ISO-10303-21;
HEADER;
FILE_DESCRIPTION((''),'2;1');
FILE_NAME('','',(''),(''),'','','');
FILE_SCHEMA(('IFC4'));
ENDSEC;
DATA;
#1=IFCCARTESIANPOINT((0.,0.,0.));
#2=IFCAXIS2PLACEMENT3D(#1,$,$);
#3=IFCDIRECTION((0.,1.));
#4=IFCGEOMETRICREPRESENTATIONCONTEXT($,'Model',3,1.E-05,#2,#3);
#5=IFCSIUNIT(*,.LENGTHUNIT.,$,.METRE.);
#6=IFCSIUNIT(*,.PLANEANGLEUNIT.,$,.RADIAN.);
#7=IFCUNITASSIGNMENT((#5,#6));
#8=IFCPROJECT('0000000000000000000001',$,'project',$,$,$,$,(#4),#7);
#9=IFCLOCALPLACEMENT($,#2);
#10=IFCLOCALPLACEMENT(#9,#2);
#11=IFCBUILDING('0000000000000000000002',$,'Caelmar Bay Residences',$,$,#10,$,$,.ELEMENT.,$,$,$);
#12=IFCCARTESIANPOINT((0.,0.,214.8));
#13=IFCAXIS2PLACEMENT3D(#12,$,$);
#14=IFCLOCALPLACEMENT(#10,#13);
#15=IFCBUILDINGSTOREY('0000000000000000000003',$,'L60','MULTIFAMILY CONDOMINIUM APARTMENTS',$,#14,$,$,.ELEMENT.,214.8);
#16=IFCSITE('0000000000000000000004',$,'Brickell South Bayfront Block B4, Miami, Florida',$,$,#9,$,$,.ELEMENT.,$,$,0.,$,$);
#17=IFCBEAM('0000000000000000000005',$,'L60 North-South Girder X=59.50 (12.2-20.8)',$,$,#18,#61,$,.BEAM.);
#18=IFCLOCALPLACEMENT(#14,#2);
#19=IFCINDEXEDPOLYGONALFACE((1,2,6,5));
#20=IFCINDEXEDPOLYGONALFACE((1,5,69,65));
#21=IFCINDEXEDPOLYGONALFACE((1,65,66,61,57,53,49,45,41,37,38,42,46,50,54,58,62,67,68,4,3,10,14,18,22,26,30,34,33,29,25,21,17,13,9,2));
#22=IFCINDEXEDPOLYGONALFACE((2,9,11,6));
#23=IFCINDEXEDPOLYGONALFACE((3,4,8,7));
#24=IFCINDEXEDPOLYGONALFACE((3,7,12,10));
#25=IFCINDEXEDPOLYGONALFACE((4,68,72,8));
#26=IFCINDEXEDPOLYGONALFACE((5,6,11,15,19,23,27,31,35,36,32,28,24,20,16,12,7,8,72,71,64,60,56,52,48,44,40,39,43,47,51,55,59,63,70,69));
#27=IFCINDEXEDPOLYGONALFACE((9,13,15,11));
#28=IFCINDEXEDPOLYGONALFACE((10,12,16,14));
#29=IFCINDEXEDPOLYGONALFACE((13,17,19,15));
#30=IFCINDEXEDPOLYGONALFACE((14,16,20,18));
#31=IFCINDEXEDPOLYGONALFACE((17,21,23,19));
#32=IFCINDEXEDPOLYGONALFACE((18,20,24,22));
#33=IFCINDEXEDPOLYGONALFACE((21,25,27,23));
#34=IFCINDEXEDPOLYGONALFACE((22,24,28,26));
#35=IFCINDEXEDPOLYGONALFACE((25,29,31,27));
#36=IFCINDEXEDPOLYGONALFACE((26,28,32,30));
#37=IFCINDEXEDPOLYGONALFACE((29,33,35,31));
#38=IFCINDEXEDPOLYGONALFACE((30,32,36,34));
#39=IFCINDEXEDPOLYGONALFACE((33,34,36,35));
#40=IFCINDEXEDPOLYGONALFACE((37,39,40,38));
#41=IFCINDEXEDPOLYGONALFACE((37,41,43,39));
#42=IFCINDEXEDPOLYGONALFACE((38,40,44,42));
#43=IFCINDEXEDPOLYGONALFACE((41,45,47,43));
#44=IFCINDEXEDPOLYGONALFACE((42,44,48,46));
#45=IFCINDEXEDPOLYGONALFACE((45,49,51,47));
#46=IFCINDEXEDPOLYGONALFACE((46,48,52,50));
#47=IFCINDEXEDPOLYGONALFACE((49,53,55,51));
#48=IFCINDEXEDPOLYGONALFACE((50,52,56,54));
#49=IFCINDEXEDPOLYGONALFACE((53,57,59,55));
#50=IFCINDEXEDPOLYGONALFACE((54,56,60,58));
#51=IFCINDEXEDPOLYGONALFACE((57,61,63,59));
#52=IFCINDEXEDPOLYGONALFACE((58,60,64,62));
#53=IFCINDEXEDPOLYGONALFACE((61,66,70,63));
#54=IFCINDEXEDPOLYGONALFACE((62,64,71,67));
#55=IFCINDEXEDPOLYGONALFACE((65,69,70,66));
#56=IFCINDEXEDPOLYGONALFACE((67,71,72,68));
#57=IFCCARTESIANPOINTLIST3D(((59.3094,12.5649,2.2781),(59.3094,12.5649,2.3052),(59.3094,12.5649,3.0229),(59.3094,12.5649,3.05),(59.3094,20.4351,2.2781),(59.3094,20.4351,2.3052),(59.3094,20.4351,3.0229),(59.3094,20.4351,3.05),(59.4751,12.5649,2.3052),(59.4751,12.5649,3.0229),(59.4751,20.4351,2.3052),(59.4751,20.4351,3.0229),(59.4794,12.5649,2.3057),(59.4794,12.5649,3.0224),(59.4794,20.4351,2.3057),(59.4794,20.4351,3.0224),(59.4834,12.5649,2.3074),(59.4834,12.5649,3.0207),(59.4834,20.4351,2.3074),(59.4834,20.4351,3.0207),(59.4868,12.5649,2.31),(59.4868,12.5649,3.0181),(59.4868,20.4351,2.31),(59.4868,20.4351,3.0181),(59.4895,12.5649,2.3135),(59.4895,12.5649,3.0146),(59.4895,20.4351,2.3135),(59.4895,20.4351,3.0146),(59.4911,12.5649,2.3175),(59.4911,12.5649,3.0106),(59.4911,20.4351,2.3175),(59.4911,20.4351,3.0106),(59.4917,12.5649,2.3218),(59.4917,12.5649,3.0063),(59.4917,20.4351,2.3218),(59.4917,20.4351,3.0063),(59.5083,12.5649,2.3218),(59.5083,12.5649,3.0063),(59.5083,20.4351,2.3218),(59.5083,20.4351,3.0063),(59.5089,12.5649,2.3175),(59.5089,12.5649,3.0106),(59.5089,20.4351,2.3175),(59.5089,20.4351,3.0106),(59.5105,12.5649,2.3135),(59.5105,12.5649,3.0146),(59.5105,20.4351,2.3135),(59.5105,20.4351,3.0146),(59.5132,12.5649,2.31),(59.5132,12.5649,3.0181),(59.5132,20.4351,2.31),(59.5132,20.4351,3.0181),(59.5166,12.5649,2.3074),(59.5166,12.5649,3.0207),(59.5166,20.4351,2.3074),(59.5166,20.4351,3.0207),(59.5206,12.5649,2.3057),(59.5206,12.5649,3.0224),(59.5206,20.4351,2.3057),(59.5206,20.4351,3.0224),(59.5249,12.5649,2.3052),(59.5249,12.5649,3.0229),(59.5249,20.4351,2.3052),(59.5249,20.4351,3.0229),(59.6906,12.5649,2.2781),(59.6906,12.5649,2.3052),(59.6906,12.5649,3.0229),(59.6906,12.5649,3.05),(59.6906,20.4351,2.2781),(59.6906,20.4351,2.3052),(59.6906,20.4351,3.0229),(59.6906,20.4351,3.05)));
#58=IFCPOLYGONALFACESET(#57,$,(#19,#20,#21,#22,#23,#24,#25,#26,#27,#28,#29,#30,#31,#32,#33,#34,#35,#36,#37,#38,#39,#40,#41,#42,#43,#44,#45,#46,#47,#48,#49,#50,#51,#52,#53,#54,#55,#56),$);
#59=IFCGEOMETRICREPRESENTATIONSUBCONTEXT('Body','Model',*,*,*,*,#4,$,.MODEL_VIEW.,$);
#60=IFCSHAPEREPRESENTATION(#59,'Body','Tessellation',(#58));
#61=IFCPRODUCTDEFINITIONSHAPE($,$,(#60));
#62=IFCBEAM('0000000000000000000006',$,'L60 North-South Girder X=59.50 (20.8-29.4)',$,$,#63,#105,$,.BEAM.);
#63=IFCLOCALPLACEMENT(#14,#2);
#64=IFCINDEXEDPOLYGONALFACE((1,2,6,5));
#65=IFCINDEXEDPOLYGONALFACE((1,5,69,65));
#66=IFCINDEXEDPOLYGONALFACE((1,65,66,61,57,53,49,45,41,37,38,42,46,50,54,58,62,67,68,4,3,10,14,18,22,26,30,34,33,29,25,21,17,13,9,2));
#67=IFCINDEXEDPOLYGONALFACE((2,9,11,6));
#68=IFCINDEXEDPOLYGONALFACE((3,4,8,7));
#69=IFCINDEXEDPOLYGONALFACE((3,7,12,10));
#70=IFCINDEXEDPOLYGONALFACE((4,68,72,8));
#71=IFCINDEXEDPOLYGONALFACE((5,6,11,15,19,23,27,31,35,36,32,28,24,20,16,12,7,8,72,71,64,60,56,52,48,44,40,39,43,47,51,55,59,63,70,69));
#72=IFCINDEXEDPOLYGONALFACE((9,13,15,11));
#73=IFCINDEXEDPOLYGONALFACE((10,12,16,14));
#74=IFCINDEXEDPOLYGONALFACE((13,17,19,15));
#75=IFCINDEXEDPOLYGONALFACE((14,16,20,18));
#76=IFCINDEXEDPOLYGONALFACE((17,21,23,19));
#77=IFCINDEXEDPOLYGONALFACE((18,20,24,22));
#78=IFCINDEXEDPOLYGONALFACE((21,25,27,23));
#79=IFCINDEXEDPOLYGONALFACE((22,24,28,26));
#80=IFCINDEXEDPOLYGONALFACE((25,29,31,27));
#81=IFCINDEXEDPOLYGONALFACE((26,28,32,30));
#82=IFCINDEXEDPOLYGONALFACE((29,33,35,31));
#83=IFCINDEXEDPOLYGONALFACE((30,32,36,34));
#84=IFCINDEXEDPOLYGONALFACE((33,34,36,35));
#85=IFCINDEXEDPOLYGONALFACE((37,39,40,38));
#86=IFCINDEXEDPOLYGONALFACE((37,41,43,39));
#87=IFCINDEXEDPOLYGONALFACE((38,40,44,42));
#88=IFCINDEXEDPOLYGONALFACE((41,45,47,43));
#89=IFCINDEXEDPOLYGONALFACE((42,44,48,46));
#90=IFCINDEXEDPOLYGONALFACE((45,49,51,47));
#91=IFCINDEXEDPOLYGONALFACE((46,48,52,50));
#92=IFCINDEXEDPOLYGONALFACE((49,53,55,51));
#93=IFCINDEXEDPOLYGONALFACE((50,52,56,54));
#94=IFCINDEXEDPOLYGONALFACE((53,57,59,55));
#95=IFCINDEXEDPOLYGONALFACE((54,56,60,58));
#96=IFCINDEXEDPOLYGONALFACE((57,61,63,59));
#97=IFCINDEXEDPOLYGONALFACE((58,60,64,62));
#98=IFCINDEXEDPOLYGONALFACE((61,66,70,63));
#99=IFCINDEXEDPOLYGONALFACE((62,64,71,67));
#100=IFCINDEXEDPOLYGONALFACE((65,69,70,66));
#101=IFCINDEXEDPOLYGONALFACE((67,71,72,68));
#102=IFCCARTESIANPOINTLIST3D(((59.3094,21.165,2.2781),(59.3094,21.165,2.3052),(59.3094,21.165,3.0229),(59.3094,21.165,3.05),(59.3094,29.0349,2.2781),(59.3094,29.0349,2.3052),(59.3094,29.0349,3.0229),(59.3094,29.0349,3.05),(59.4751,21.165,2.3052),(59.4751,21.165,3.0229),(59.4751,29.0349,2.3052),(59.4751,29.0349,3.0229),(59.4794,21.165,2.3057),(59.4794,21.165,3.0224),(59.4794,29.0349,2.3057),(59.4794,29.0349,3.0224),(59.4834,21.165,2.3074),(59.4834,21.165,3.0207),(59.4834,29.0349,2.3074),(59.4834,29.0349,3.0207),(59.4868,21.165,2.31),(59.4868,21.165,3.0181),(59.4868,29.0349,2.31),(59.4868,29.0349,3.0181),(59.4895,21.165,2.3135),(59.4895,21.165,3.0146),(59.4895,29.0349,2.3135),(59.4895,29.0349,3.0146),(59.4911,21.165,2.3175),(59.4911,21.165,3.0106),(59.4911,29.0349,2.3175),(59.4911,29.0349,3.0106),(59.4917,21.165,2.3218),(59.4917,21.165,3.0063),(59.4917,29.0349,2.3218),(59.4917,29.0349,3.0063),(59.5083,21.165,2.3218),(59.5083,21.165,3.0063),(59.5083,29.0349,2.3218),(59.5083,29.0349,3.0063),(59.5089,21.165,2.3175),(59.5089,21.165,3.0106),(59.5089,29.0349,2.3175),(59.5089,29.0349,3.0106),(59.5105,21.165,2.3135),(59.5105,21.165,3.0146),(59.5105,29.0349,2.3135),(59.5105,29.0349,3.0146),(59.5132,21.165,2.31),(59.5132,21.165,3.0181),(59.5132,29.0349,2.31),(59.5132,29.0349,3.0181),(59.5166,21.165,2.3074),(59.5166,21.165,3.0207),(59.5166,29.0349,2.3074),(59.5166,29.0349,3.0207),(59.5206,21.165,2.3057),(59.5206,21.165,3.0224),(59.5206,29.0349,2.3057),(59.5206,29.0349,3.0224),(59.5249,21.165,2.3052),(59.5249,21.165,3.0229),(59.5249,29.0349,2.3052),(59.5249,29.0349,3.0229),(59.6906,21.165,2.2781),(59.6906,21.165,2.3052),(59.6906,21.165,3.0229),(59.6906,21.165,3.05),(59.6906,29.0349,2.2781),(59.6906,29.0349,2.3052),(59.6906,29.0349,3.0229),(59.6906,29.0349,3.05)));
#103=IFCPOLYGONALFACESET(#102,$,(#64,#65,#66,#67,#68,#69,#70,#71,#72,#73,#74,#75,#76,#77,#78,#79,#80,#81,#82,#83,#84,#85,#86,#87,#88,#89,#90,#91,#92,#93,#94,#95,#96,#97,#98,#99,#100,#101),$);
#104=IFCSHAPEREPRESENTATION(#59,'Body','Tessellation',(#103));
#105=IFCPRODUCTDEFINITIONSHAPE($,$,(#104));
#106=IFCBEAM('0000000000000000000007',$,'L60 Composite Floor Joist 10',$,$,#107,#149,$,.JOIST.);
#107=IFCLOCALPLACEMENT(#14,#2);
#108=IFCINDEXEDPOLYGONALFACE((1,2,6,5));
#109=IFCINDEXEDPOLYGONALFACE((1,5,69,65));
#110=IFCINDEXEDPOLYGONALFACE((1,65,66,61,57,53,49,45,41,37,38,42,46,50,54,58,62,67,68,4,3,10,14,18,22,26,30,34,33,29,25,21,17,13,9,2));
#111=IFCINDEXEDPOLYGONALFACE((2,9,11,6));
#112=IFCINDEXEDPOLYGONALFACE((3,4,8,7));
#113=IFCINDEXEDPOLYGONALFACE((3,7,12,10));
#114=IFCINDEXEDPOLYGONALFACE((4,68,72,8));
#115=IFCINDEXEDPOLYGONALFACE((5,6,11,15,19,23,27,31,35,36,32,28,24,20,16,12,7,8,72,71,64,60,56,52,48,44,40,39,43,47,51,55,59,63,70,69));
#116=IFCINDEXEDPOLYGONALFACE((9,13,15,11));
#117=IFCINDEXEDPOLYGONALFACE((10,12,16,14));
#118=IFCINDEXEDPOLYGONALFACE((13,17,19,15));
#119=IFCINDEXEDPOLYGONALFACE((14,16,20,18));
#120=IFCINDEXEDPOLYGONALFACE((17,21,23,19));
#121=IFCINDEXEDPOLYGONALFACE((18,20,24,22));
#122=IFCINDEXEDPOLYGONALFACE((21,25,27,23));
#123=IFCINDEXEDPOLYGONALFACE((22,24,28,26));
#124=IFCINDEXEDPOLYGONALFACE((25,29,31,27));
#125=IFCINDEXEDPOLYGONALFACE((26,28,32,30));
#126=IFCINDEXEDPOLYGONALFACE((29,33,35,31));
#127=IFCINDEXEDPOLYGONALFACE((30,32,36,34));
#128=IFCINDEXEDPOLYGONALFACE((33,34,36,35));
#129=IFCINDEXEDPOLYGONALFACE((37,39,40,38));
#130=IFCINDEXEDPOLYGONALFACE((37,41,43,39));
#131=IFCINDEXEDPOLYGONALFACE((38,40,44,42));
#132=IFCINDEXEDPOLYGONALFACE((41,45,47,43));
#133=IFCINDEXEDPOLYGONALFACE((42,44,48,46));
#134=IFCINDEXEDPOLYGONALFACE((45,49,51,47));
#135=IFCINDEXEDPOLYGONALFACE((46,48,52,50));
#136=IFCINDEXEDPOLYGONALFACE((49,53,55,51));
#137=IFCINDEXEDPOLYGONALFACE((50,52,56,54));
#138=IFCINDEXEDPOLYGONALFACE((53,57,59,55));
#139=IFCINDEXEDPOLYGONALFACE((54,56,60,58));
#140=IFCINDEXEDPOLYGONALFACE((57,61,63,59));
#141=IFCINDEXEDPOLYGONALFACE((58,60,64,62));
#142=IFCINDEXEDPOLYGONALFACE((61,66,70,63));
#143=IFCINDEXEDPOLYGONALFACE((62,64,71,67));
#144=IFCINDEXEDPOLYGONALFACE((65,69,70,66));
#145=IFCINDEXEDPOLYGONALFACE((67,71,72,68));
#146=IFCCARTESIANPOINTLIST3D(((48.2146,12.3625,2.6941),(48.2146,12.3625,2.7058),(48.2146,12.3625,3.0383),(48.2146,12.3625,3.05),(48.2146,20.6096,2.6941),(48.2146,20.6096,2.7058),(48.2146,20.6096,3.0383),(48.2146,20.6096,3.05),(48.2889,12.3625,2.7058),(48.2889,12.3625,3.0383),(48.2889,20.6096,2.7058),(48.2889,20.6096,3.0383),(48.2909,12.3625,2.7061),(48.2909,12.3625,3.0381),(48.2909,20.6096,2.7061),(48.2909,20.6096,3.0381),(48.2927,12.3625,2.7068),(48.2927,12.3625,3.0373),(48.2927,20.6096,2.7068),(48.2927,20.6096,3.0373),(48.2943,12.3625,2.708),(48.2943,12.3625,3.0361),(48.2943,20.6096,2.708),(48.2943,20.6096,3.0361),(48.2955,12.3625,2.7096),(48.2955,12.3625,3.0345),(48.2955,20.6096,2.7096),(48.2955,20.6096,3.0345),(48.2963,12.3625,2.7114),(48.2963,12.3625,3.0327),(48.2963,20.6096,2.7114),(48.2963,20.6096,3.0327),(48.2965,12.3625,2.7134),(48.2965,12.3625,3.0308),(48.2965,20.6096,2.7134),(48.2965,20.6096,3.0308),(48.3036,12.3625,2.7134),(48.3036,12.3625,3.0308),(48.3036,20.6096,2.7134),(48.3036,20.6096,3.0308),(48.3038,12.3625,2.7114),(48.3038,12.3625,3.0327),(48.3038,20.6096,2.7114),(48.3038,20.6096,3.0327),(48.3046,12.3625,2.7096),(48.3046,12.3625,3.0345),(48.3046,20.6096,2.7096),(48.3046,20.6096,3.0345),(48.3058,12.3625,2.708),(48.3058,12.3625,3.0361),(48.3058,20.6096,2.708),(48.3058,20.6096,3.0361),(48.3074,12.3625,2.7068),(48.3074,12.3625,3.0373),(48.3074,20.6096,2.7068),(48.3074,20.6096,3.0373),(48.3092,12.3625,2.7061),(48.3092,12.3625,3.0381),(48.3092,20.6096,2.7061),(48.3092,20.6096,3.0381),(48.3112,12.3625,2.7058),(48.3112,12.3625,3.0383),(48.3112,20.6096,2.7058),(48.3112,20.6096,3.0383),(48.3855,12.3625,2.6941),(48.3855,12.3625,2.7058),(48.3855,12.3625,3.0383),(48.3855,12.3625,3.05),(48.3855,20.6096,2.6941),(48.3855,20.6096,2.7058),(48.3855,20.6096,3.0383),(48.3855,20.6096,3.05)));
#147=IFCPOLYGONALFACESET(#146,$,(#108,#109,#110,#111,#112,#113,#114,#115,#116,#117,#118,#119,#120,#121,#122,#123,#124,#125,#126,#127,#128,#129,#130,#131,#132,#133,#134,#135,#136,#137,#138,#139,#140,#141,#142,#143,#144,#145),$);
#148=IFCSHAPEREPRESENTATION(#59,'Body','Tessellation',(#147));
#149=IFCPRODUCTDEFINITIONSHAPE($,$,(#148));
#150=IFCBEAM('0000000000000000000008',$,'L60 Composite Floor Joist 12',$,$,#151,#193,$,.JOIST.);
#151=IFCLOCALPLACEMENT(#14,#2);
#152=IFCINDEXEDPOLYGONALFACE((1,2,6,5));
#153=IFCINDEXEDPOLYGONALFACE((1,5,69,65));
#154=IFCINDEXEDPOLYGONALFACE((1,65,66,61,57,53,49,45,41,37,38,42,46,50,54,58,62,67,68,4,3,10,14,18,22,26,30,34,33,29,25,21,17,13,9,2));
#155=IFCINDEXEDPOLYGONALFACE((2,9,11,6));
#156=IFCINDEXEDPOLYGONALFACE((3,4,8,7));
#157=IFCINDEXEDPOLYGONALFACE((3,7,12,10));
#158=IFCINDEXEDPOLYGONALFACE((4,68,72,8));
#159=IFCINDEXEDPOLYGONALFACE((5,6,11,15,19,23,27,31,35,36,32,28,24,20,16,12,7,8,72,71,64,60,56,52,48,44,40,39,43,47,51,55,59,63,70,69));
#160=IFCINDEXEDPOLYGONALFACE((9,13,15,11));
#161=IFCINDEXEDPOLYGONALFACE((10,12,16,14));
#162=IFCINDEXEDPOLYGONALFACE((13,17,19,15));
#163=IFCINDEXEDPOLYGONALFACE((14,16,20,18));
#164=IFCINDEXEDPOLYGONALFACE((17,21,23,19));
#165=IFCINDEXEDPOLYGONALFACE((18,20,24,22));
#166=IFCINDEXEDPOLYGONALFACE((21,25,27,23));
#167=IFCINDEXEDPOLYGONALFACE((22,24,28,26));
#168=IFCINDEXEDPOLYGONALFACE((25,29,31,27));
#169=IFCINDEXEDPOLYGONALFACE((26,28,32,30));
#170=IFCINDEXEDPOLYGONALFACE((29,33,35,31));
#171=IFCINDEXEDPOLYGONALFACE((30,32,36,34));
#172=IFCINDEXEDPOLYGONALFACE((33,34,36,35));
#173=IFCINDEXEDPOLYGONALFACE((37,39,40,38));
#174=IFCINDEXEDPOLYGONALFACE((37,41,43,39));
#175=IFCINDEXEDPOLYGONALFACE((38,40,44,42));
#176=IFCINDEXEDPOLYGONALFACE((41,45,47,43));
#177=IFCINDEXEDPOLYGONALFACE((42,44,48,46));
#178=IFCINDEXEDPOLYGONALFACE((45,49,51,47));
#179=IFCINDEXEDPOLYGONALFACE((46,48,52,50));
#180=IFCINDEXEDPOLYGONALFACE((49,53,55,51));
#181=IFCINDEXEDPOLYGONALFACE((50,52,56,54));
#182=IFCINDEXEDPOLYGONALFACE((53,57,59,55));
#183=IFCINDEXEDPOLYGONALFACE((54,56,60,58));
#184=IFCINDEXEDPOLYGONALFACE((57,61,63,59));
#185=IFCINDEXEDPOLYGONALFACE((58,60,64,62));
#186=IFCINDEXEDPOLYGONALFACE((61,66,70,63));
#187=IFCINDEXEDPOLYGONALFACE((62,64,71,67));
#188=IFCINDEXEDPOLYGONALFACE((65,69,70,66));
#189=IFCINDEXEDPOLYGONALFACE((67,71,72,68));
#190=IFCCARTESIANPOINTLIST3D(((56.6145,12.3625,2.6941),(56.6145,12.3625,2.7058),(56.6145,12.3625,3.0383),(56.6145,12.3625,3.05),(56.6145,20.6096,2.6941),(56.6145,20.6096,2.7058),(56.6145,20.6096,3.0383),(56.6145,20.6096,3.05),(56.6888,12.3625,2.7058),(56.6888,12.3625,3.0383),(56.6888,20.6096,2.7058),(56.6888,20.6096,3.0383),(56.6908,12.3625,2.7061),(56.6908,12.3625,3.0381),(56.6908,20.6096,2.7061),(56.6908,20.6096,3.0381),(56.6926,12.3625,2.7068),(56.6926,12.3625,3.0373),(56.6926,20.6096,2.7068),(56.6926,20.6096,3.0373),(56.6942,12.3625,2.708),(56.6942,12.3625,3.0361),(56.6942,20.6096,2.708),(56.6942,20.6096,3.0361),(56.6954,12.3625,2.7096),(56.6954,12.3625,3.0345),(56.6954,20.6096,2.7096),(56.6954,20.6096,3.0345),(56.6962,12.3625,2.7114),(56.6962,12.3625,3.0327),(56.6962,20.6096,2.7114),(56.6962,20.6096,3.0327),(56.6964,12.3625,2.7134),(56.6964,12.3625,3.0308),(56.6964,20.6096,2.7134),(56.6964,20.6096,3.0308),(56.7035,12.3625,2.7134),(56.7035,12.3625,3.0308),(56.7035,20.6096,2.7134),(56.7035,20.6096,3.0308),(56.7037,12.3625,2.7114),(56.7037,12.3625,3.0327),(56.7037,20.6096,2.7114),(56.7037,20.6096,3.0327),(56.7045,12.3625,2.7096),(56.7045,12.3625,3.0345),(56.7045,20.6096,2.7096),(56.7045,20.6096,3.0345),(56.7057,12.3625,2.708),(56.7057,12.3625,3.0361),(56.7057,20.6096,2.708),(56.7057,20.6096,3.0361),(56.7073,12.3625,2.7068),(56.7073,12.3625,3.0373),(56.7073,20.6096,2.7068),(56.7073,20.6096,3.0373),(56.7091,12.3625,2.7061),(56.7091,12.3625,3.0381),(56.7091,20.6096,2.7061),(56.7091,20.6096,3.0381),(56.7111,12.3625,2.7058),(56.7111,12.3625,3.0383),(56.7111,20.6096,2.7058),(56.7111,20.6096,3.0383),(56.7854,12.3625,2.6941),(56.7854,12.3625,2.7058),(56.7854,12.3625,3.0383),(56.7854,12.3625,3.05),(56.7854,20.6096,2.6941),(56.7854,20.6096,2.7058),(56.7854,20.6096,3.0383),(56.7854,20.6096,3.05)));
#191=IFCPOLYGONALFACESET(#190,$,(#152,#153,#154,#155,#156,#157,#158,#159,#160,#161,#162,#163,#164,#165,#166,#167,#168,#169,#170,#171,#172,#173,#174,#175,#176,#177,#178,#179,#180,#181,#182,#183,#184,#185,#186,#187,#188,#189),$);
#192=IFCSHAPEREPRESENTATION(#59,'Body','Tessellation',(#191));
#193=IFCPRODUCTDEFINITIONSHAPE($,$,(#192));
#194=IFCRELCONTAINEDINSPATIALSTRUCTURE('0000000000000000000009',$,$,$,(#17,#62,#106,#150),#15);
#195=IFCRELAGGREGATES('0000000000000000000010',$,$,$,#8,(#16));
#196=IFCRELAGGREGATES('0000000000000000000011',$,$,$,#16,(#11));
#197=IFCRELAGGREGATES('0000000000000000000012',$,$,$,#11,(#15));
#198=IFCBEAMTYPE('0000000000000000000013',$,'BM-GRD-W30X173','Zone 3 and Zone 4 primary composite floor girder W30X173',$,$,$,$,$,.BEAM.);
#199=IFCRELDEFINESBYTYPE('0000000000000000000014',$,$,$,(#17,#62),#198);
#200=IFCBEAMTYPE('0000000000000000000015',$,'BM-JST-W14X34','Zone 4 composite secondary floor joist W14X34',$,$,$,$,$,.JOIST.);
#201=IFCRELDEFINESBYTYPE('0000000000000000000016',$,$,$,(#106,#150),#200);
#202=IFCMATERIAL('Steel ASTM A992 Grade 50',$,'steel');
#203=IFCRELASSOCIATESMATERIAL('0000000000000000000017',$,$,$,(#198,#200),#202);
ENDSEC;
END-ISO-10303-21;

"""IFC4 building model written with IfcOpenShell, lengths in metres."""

from ifc_helpers import new_model, si_unit, direction, frame, origin, origin_2d, place, context, subcontext, project, spatial, i_section, extrude, material, material_profile, profile_set, type_object, element, save


model = new_model("IFC4")

# Units and contexts
model_context = context("Model", 3, precision=1e-05, world=origin(), true_north=direction((0.0, 1.0)))
body_context = subcontext(model_context, "Body", "Model", "MODEL_VIEW")
ifc_project = project(units=[si_unit("LENGTHUNIT", "METRE"), si_unit("PLANEANGLEUNIT", "RADIAN")], contexts=[model_context])

# Site, building, storey
site_placement = place(None, origin())
site = spatial("IfcSite", under=ifc_project, at=site_placement, Name="Brickell South Bayfront Block B4, Miami, Florida", CompositionType="ELEMENT", RefElevation=0.0)
building_placement = place(site_placement, origin())
building = spatial("IfcBuilding", under=site, at=building_placement, Name="Caelmar Bay Residences", CompositionType="ELEMENT")
storey_placement = place(building_placement, frame((0.0, 0.0, 214.8)))
storey = spatial("IfcBuildingStorey", under=building, at=storey_placement, Name="L60", Description="MULTIFAMILY CONDOMINIUM APARTMENTS", CompositionType="ELEMENT", Elevation=214.8)

# Beams
ifc_material_1 = material(Name="Steel ASTM A992 Grade 50", Category="steel")
ifc_material_profile_1 = material_profile(ifc_material_1, i_section(OverallWidth=0.3811, OverallDepth=0.772, WebThickness=0.0166, FlangeThickness=0.0271, FilletRadius=0.0166, at=origin_2d()), Name="W30X173")
ifc_profile_set_1 = profile_set([ifc_material_profile_1], Name="Steel ASTM A992 Grade 50")
beam_type_1 = type_object("IfcBeamType", Name="BM-GRD-W30X173", Description="Zone 3 and Zone 4 primary composite floor girder W30X173", PredefinedType="BEAM", material=ifc_profile_set_1)
for number, where, z_axis, x_axis, name in (
    (1, (59.5, 12.5649, 2.6641), (0.0, 1.0, 0.0), (-1.0, 0.0, 0.0), "L60 North-South Girder X=59.50 (12.2-20.8)"),
):
    element("IfcBeam", number, at=place(storey_placement, frame(where, z_axis=z_axis, x_axis=x_axis)), inside=storey, type_object=beam_type_1, Name=name, PredefinedType="BEAM", context=body_context, shape_type="SweptSolid", body=[
        extrude(i_section(OverallWidth=0.3811, OverallDepth=0.772, WebThickness=0.0166, FlangeThickness=0.0271, FilletRadius=0.0166, at=origin_2d()), origin(), (0.0, 0.0, 1.0), 7.8701),
    ])
beam_placement = place(storey_placement, frame((59.5, 21.165, 2.6641), z_axis=(0.0, 1.0, 0.0), x_axis=(-1.0, 0.0, 0.0)))
element("IfcBeam", 2, at=beam_placement, inside=storey, type_object=beam_type_1, Name="L60 North-South Girder X=59.50 (20.8-29.4)", PredefinedType="BEAM", context=body_context, shape_type="SweptSolid", body=[
    extrude(i_section(OverallWidth=0.3811, OverallDepth=0.772, WebThickness=0.0166, FlangeThickness=0.0271, FilletRadius=0.0166, at=origin_2d()), origin(), (0.0, 0.0, 1.0), 7.8699),
])
ifc_material_profile_2 = material_profile(ifc_material_1, i_section(OverallWidth=0.1709, OverallDepth=0.356, WebThickness=0.0071, FlangeThickness=0.0117, FilletRadius=0.0076, at=origin_2d()), Name="W14X34")
ifc_profile_set_2 = profile_set([ifc_material_profile_2], Name="Steel ASTM A992 Grade 50")
beam_type_2 = type_object("IfcBeamType", Name="BM-JST-W14X34", Description="Zone 4 composite secondary floor joist W14X34", PredefinedType="JOIST", material=ifc_profile_set_2)
for number, where, z_axis, x_axis, name in (
    (3, (48.3, 12.3625, 2.8721), (0.0, 1.0, 0.0), (-1.0, 0.0, 0.0), "L60 Composite Floor Joist 10"),
    (4, (56.7, 12.3625, 2.8721), (0.0, 1.0, 0.0), (-1.0, 0.0, 0.0), "L60 Composite Floor Joist 12"),
):
    element("IfcBeam", number, at=place(storey_placement, frame(where, z_axis=z_axis, x_axis=x_axis)), inside=storey, type_object=beam_type_2, Name=name, PredefinedType="JOIST", context=body_context, shape_type="SweptSolid", body=[
        extrude(i_section(OverallWidth=0.1709, OverallDepth=0.356, WebThickness=0.0071, FlangeThickness=0.0117, FilletRadius=0.0076, at=origin_2d()), origin(), (0.0, 0.0, 1.0), 8.2471),
    ])

save(model, "model.ifc")
